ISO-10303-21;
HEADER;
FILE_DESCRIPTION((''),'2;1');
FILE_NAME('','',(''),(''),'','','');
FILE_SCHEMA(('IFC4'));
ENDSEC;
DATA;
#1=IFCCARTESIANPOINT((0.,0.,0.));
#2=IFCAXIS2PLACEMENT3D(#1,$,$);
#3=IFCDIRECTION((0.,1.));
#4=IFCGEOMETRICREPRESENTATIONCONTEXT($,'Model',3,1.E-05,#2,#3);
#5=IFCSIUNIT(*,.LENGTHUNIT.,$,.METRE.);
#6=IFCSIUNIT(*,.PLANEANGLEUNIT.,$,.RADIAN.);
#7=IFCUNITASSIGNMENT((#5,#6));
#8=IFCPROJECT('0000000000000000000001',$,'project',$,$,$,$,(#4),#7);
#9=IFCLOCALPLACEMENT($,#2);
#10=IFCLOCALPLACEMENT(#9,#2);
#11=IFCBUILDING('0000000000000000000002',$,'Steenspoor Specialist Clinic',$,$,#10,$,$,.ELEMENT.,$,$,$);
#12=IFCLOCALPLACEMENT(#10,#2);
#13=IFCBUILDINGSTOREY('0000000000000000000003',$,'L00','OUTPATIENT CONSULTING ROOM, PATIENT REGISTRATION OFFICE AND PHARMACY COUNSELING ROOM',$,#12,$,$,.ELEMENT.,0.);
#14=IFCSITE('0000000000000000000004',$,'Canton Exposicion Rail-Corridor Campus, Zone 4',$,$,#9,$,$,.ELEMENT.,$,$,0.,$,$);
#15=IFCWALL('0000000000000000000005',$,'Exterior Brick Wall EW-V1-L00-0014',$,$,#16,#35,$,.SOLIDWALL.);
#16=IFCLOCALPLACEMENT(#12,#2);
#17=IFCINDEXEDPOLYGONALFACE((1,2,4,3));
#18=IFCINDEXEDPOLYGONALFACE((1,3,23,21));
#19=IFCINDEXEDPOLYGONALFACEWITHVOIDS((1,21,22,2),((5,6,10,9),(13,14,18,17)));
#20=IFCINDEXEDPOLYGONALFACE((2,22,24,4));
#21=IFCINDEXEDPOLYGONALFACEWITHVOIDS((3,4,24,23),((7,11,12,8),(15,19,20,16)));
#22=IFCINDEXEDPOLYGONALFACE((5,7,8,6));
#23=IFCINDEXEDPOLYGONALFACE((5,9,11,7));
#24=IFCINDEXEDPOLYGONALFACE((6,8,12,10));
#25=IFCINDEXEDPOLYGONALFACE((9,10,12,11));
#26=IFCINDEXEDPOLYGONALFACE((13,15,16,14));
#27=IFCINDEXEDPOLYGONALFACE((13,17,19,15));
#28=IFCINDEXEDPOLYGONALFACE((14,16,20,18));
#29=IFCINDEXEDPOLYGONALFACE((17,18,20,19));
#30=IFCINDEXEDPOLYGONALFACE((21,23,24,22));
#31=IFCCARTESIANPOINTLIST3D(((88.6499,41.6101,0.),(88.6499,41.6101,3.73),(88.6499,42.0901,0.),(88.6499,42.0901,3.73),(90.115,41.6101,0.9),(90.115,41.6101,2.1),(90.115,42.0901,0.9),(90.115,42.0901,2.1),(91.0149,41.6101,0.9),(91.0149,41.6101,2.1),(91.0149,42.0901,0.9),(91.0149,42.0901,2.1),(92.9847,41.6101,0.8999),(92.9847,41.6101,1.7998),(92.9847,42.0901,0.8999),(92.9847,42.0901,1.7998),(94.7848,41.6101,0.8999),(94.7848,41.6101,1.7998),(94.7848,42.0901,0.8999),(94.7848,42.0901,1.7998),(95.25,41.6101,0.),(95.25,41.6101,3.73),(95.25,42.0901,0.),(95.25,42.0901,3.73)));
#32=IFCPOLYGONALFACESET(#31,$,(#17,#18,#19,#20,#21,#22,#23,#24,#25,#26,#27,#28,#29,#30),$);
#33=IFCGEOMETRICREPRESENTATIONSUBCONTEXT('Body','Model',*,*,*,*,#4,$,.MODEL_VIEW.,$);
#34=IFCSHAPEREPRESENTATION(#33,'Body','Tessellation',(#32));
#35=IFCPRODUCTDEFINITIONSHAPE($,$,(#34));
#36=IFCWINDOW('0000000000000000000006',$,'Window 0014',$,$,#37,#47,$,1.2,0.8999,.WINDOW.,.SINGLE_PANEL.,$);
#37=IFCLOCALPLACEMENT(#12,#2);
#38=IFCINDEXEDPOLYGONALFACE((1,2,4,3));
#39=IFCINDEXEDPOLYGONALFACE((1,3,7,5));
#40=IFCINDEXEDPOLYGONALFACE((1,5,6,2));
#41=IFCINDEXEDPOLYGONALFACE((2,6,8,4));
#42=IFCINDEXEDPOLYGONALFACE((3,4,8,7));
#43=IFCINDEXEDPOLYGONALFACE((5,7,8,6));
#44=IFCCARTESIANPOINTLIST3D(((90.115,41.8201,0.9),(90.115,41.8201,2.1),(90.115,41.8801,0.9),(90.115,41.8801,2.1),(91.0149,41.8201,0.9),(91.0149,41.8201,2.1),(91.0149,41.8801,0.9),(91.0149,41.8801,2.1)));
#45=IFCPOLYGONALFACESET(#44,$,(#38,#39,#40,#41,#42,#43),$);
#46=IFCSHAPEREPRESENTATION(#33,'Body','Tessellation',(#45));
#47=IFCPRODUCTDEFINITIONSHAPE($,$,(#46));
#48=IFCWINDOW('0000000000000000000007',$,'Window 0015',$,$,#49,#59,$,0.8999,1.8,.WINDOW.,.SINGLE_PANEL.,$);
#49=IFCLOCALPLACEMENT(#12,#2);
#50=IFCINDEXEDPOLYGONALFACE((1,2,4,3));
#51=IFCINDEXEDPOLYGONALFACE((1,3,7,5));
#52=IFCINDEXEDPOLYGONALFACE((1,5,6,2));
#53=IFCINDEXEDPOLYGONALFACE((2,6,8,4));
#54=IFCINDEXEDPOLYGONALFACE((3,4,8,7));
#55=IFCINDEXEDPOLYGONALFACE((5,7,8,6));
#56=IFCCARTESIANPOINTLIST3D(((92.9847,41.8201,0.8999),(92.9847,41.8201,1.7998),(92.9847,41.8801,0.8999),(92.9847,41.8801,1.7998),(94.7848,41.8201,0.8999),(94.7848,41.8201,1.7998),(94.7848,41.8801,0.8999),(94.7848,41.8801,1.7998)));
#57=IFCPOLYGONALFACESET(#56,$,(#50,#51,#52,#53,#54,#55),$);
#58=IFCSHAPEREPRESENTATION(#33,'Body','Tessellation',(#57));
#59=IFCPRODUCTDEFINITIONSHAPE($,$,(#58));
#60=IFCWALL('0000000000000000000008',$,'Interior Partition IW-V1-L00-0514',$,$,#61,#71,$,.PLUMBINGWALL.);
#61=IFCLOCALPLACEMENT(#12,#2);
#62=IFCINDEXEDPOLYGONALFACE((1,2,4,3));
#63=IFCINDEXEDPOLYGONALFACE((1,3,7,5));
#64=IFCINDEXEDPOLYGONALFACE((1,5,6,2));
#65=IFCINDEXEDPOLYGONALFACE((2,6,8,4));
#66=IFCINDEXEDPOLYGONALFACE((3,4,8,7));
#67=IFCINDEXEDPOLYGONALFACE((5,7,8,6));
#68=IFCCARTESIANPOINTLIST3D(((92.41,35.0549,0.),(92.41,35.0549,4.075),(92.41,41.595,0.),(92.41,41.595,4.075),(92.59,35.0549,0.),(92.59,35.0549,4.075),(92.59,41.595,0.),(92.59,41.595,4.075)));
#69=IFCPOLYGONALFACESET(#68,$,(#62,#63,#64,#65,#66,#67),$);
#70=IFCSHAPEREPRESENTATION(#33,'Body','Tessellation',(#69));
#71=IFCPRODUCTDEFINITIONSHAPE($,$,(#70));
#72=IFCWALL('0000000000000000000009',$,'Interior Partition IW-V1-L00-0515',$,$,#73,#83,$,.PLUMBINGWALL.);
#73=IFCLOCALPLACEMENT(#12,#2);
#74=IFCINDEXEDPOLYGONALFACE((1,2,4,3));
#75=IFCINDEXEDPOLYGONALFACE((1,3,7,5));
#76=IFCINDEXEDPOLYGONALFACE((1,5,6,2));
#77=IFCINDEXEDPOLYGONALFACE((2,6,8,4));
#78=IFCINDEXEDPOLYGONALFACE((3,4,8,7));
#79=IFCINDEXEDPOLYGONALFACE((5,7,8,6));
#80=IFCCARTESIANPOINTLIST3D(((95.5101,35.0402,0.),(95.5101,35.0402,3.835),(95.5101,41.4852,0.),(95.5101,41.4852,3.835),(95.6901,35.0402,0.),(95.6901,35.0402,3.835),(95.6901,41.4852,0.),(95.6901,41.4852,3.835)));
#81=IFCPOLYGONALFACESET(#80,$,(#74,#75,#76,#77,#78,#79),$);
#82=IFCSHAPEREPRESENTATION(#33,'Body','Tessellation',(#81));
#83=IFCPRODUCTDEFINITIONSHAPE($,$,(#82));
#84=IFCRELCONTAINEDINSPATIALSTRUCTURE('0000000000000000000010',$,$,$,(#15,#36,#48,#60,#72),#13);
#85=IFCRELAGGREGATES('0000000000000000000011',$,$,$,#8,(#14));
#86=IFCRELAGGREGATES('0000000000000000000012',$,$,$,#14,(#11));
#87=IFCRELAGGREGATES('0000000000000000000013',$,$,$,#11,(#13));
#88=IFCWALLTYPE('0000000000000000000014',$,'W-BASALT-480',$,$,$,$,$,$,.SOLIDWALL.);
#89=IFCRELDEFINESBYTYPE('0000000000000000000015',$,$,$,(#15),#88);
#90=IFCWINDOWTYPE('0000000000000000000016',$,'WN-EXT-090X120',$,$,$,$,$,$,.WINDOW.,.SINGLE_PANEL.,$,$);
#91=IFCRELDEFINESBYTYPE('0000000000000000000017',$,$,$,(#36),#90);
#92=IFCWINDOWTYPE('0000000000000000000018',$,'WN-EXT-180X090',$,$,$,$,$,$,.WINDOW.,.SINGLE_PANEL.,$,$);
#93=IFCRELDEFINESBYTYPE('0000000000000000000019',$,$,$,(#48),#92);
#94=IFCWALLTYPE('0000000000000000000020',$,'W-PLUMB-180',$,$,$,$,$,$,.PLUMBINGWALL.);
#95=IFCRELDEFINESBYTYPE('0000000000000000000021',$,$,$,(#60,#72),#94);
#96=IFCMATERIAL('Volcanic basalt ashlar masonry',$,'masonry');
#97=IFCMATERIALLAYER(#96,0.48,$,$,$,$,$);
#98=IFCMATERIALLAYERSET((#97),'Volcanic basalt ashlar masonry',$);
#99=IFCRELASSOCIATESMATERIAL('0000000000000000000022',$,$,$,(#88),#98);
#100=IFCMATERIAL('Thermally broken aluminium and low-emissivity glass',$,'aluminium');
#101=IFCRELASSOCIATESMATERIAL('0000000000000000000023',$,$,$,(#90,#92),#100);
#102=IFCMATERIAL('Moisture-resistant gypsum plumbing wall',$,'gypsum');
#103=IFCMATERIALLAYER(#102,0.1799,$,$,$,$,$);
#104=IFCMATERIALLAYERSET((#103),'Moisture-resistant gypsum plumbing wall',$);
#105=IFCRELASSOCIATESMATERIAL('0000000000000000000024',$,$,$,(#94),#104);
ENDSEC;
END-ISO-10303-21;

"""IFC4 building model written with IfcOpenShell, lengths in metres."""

from ifc_helpers import new_model, si_unit, direction, frame, frame_2d, origin, place, context, subcontext, project, spatial, rectangle, extrude, material, layer, layer_set, type_object, element, fill, save


model = new_model("IFC4")

# Units and contexts
model_context = context("Model", 3, precision=1e-05, world=origin(), true_north=direction((0.0, 1.0)))
body_context = subcontext(model_context, "Body", "Model", "MODEL_VIEW")
ifc_project = project(units=[si_unit("LENGTHUNIT", "METRE"), si_unit("PLANEANGLEUNIT", "RADIAN")], contexts=[model_context])

# Site, building, storey
site_placement = place(None, origin())
site = spatial("IfcSite", under=ifc_project, at=site_placement, Name="Canton Exposicion Rail-Corridor Campus, Zone 4", CompositionType="ELEMENT", RefElevation=0.0)
building_placement = place(site_placement, origin())
building = spatial("IfcBuilding", under=site, at=building_placement, Name="Steenspoor Specialist Clinic", CompositionType="ELEMENT")
storey_placement = place(building_placement, origin())
storey = spatial("IfcBuildingStorey", under=building, at=storey_placement, Name="L00", Description="OUTPATIENT CONSULTING ROOM, PATIENT REGISTRATION OFFICE AND PHARMACY COUNSELING ROOM", CompositionType="ELEMENT", Elevation=0.0)

# Wall, openings, windows
ifc_material_1 = material(Name="Volcanic basalt ashlar masonry", Category="masonry")
ifc_layer_1 = layer(ifc_material_1, 0.48)
ifc_layer_set_1 = layer_set([ifc_layer_1], Name="Volcanic basalt ashlar masonry")
wall_type_1 = type_object("IfcWallType", Name="W-BASALT-480", PredefinedType="SOLIDWALL", material=ifc_layer_set_1)
wall_1_placement = place(storey_placement, frame((88.6499, 41.8501, 0.0), z_axis=(0.0, 0.0, 1.0), x_axis=(1.0, 0.0, 0.0)))
wall_1 = element("IfcWall", 1, at=wall_1_placement, inside=storey, type_object=wall_type_1, Name="Exterior Brick Wall EW-V1-L00-0014", PredefinedType="SOLIDWALL", context=body_context, shape_type="SweptSolid", body=[
    extrude(rectangle(XDim=6.6001, YDim=0.48, at=frame_2d((3.3, 0.0))), origin(), (0.0, 0.0, 1.0), 3.73),
])
opening_1_placement = place(wall_1_placement, frame((1.4651, 0.0, 0.8999)))
opening_1 = element("IfcOpeningElement", 2, at=opening_1_placement, cuts=wall_1, PredefinedType="OPENING", context=body_context, shape_type="SweptSolid", body=[
    extrude(rectangle(XDim=0.8999, YDim=1.2, at=frame_2d((0.45, 0.6001))), frame((0.0, 0.25, 0.0), z_axis=(0.0, -1.0, 0.0), x_axis=(1.0, 0.0, 0.0)), (0.0, 0.0, 1.0), 0.5),
])
opening_2_placement = place(wall_1_placement, frame((4.335, 0.0, 0.8999)))
opening_2 = element("IfcOpeningElement", 3, at=opening_2_placement, cuts=wall_1, PredefinedType="OPENING", context=body_context, shape_type="SweptSolid", body=[
    extrude(rectangle(XDim=1.8, YDim=0.8999, at=frame_2d((0.8999, 0.45))), frame((0.0, 0.25, 0.0), z_axis=(0.0, -1.0, 0.0), x_axis=(1.0, 0.0, 0.0)), (0.0, 0.0, 1.0), 0.5),
])
ifc_material_2 = material(Name="Thermally broken aluminium and low-emissivity glass", Category="aluminium")
window_type_1 = type_object("IfcWindowType", Name="WN-EXT-090X120", PartitioningType="SINGLE_PANEL", PredefinedType="WINDOW", material=ifc_material_2)
window_1_placement = place(opening_1_placement, origin())
window_1 = element("IfcWindow", 4, at=window_1_placement, inside=storey, type_object=window_type_1, Name="Window 0014", OverallHeight=1.2, OverallWidth=0.8999, PartitioningType="SINGLE_PANEL", PredefinedType="WINDOW", context=body_context, shape_type="SweptSolid", body=[
    extrude(rectangle(XDim=0.8999, YDim=1.2, at=frame_2d((0.45, 0.6001))), frame((0.0, 0.03, 0.0), z_axis=(0.0, -1.0, 0.0), x_axis=(1.0, 0.0, 0.0)), (0.0, 0.0, 1.0), 0.0601),
])
fill(opening_1, window_1)
window_type_2 = type_object("IfcWindowType", Name="WN-EXT-180X090", PartitioningType="SINGLE_PANEL", PredefinedType="WINDOW", material=ifc_material_2)
window_2_placement = place(opening_2_placement, origin())
window_2 = element("IfcWindow", 5, at=window_2_placement, inside=storey, type_object=window_type_2, Name="Window 0015", OverallHeight=0.8999, OverallWidth=1.8, PartitioningType="SINGLE_PANEL", PredefinedType="WINDOW", context=body_context, shape_type="SweptSolid", body=[
    extrude(rectangle(XDim=1.8, YDim=0.8999, at=frame_2d((0.8999, 0.45))), frame((0.0, 0.03, 0.0), z_axis=(0.0, -1.0, 0.0), x_axis=(1.0, 0.0, 0.0)), (0.0, 0.0, 1.0), 0.0601),
])
fill(opening_2, window_2)

# Walls
ifc_material_3 = material(Name="Moisture-resistant gypsum plumbing wall", Category="gypsum")
ifc_layer_2 = layer(ifc_material_3, 0.1799)
ifc_layer_set_2 = layer_set([ifc_layer_2], Name="Moisture-resistant gypsum plumbing wall")
wall_type_2 = type_object("IfcWallType", Name="W-PLUMB-180", PredefinedType="PLUMBINGWALL", material=ifc_layer_set_2)
wall_2_placement = place(storey_placement, frame((92.5, 35.0549, 0.0), z_axis=(0.0, 0.0, 1.0), x_axis=(0.0, 1.0, 0.0)))
element("IfcWall", 6, at=wall_2_placement, inside=storey, type_object=wall_type_2, Name="Interior Partition IW-V1-L00-0514", PredefinedType="PLUMBINGWALL", context=body_context, shape_type="SweptSolid", body=[
    extrude(rectangle(XDim=6.54, YDim=0.1799, at=frame_2d((3.27, 0.0))), origin(), (0.0, 0.0, 1.0), 4.075),
])
wall_3_placement = place(storey_placement, frame((95.6001, 35.04, 0.0), z_axis=(0.0, 0.0, 1.0), x_axis=(0.0, 1.0, 0.0)))
element("IfcWall", 7, at=wall_3_placement, inside=storey, type_object=wall_type_2, Name="Interior Partition IW-V1-L00-0515", PredefinedType="PLUMBINGWALL", context=body_context, shape_type="SweptSolid", body=[
    extrude(rectangle(XDim=6.4451, YDim=0.1799, at=frame_2d((3.2227, 0.0))), origin(), (0.0, 0.0, 1.0), 3.835),
])

save(model, "model.ifc")
